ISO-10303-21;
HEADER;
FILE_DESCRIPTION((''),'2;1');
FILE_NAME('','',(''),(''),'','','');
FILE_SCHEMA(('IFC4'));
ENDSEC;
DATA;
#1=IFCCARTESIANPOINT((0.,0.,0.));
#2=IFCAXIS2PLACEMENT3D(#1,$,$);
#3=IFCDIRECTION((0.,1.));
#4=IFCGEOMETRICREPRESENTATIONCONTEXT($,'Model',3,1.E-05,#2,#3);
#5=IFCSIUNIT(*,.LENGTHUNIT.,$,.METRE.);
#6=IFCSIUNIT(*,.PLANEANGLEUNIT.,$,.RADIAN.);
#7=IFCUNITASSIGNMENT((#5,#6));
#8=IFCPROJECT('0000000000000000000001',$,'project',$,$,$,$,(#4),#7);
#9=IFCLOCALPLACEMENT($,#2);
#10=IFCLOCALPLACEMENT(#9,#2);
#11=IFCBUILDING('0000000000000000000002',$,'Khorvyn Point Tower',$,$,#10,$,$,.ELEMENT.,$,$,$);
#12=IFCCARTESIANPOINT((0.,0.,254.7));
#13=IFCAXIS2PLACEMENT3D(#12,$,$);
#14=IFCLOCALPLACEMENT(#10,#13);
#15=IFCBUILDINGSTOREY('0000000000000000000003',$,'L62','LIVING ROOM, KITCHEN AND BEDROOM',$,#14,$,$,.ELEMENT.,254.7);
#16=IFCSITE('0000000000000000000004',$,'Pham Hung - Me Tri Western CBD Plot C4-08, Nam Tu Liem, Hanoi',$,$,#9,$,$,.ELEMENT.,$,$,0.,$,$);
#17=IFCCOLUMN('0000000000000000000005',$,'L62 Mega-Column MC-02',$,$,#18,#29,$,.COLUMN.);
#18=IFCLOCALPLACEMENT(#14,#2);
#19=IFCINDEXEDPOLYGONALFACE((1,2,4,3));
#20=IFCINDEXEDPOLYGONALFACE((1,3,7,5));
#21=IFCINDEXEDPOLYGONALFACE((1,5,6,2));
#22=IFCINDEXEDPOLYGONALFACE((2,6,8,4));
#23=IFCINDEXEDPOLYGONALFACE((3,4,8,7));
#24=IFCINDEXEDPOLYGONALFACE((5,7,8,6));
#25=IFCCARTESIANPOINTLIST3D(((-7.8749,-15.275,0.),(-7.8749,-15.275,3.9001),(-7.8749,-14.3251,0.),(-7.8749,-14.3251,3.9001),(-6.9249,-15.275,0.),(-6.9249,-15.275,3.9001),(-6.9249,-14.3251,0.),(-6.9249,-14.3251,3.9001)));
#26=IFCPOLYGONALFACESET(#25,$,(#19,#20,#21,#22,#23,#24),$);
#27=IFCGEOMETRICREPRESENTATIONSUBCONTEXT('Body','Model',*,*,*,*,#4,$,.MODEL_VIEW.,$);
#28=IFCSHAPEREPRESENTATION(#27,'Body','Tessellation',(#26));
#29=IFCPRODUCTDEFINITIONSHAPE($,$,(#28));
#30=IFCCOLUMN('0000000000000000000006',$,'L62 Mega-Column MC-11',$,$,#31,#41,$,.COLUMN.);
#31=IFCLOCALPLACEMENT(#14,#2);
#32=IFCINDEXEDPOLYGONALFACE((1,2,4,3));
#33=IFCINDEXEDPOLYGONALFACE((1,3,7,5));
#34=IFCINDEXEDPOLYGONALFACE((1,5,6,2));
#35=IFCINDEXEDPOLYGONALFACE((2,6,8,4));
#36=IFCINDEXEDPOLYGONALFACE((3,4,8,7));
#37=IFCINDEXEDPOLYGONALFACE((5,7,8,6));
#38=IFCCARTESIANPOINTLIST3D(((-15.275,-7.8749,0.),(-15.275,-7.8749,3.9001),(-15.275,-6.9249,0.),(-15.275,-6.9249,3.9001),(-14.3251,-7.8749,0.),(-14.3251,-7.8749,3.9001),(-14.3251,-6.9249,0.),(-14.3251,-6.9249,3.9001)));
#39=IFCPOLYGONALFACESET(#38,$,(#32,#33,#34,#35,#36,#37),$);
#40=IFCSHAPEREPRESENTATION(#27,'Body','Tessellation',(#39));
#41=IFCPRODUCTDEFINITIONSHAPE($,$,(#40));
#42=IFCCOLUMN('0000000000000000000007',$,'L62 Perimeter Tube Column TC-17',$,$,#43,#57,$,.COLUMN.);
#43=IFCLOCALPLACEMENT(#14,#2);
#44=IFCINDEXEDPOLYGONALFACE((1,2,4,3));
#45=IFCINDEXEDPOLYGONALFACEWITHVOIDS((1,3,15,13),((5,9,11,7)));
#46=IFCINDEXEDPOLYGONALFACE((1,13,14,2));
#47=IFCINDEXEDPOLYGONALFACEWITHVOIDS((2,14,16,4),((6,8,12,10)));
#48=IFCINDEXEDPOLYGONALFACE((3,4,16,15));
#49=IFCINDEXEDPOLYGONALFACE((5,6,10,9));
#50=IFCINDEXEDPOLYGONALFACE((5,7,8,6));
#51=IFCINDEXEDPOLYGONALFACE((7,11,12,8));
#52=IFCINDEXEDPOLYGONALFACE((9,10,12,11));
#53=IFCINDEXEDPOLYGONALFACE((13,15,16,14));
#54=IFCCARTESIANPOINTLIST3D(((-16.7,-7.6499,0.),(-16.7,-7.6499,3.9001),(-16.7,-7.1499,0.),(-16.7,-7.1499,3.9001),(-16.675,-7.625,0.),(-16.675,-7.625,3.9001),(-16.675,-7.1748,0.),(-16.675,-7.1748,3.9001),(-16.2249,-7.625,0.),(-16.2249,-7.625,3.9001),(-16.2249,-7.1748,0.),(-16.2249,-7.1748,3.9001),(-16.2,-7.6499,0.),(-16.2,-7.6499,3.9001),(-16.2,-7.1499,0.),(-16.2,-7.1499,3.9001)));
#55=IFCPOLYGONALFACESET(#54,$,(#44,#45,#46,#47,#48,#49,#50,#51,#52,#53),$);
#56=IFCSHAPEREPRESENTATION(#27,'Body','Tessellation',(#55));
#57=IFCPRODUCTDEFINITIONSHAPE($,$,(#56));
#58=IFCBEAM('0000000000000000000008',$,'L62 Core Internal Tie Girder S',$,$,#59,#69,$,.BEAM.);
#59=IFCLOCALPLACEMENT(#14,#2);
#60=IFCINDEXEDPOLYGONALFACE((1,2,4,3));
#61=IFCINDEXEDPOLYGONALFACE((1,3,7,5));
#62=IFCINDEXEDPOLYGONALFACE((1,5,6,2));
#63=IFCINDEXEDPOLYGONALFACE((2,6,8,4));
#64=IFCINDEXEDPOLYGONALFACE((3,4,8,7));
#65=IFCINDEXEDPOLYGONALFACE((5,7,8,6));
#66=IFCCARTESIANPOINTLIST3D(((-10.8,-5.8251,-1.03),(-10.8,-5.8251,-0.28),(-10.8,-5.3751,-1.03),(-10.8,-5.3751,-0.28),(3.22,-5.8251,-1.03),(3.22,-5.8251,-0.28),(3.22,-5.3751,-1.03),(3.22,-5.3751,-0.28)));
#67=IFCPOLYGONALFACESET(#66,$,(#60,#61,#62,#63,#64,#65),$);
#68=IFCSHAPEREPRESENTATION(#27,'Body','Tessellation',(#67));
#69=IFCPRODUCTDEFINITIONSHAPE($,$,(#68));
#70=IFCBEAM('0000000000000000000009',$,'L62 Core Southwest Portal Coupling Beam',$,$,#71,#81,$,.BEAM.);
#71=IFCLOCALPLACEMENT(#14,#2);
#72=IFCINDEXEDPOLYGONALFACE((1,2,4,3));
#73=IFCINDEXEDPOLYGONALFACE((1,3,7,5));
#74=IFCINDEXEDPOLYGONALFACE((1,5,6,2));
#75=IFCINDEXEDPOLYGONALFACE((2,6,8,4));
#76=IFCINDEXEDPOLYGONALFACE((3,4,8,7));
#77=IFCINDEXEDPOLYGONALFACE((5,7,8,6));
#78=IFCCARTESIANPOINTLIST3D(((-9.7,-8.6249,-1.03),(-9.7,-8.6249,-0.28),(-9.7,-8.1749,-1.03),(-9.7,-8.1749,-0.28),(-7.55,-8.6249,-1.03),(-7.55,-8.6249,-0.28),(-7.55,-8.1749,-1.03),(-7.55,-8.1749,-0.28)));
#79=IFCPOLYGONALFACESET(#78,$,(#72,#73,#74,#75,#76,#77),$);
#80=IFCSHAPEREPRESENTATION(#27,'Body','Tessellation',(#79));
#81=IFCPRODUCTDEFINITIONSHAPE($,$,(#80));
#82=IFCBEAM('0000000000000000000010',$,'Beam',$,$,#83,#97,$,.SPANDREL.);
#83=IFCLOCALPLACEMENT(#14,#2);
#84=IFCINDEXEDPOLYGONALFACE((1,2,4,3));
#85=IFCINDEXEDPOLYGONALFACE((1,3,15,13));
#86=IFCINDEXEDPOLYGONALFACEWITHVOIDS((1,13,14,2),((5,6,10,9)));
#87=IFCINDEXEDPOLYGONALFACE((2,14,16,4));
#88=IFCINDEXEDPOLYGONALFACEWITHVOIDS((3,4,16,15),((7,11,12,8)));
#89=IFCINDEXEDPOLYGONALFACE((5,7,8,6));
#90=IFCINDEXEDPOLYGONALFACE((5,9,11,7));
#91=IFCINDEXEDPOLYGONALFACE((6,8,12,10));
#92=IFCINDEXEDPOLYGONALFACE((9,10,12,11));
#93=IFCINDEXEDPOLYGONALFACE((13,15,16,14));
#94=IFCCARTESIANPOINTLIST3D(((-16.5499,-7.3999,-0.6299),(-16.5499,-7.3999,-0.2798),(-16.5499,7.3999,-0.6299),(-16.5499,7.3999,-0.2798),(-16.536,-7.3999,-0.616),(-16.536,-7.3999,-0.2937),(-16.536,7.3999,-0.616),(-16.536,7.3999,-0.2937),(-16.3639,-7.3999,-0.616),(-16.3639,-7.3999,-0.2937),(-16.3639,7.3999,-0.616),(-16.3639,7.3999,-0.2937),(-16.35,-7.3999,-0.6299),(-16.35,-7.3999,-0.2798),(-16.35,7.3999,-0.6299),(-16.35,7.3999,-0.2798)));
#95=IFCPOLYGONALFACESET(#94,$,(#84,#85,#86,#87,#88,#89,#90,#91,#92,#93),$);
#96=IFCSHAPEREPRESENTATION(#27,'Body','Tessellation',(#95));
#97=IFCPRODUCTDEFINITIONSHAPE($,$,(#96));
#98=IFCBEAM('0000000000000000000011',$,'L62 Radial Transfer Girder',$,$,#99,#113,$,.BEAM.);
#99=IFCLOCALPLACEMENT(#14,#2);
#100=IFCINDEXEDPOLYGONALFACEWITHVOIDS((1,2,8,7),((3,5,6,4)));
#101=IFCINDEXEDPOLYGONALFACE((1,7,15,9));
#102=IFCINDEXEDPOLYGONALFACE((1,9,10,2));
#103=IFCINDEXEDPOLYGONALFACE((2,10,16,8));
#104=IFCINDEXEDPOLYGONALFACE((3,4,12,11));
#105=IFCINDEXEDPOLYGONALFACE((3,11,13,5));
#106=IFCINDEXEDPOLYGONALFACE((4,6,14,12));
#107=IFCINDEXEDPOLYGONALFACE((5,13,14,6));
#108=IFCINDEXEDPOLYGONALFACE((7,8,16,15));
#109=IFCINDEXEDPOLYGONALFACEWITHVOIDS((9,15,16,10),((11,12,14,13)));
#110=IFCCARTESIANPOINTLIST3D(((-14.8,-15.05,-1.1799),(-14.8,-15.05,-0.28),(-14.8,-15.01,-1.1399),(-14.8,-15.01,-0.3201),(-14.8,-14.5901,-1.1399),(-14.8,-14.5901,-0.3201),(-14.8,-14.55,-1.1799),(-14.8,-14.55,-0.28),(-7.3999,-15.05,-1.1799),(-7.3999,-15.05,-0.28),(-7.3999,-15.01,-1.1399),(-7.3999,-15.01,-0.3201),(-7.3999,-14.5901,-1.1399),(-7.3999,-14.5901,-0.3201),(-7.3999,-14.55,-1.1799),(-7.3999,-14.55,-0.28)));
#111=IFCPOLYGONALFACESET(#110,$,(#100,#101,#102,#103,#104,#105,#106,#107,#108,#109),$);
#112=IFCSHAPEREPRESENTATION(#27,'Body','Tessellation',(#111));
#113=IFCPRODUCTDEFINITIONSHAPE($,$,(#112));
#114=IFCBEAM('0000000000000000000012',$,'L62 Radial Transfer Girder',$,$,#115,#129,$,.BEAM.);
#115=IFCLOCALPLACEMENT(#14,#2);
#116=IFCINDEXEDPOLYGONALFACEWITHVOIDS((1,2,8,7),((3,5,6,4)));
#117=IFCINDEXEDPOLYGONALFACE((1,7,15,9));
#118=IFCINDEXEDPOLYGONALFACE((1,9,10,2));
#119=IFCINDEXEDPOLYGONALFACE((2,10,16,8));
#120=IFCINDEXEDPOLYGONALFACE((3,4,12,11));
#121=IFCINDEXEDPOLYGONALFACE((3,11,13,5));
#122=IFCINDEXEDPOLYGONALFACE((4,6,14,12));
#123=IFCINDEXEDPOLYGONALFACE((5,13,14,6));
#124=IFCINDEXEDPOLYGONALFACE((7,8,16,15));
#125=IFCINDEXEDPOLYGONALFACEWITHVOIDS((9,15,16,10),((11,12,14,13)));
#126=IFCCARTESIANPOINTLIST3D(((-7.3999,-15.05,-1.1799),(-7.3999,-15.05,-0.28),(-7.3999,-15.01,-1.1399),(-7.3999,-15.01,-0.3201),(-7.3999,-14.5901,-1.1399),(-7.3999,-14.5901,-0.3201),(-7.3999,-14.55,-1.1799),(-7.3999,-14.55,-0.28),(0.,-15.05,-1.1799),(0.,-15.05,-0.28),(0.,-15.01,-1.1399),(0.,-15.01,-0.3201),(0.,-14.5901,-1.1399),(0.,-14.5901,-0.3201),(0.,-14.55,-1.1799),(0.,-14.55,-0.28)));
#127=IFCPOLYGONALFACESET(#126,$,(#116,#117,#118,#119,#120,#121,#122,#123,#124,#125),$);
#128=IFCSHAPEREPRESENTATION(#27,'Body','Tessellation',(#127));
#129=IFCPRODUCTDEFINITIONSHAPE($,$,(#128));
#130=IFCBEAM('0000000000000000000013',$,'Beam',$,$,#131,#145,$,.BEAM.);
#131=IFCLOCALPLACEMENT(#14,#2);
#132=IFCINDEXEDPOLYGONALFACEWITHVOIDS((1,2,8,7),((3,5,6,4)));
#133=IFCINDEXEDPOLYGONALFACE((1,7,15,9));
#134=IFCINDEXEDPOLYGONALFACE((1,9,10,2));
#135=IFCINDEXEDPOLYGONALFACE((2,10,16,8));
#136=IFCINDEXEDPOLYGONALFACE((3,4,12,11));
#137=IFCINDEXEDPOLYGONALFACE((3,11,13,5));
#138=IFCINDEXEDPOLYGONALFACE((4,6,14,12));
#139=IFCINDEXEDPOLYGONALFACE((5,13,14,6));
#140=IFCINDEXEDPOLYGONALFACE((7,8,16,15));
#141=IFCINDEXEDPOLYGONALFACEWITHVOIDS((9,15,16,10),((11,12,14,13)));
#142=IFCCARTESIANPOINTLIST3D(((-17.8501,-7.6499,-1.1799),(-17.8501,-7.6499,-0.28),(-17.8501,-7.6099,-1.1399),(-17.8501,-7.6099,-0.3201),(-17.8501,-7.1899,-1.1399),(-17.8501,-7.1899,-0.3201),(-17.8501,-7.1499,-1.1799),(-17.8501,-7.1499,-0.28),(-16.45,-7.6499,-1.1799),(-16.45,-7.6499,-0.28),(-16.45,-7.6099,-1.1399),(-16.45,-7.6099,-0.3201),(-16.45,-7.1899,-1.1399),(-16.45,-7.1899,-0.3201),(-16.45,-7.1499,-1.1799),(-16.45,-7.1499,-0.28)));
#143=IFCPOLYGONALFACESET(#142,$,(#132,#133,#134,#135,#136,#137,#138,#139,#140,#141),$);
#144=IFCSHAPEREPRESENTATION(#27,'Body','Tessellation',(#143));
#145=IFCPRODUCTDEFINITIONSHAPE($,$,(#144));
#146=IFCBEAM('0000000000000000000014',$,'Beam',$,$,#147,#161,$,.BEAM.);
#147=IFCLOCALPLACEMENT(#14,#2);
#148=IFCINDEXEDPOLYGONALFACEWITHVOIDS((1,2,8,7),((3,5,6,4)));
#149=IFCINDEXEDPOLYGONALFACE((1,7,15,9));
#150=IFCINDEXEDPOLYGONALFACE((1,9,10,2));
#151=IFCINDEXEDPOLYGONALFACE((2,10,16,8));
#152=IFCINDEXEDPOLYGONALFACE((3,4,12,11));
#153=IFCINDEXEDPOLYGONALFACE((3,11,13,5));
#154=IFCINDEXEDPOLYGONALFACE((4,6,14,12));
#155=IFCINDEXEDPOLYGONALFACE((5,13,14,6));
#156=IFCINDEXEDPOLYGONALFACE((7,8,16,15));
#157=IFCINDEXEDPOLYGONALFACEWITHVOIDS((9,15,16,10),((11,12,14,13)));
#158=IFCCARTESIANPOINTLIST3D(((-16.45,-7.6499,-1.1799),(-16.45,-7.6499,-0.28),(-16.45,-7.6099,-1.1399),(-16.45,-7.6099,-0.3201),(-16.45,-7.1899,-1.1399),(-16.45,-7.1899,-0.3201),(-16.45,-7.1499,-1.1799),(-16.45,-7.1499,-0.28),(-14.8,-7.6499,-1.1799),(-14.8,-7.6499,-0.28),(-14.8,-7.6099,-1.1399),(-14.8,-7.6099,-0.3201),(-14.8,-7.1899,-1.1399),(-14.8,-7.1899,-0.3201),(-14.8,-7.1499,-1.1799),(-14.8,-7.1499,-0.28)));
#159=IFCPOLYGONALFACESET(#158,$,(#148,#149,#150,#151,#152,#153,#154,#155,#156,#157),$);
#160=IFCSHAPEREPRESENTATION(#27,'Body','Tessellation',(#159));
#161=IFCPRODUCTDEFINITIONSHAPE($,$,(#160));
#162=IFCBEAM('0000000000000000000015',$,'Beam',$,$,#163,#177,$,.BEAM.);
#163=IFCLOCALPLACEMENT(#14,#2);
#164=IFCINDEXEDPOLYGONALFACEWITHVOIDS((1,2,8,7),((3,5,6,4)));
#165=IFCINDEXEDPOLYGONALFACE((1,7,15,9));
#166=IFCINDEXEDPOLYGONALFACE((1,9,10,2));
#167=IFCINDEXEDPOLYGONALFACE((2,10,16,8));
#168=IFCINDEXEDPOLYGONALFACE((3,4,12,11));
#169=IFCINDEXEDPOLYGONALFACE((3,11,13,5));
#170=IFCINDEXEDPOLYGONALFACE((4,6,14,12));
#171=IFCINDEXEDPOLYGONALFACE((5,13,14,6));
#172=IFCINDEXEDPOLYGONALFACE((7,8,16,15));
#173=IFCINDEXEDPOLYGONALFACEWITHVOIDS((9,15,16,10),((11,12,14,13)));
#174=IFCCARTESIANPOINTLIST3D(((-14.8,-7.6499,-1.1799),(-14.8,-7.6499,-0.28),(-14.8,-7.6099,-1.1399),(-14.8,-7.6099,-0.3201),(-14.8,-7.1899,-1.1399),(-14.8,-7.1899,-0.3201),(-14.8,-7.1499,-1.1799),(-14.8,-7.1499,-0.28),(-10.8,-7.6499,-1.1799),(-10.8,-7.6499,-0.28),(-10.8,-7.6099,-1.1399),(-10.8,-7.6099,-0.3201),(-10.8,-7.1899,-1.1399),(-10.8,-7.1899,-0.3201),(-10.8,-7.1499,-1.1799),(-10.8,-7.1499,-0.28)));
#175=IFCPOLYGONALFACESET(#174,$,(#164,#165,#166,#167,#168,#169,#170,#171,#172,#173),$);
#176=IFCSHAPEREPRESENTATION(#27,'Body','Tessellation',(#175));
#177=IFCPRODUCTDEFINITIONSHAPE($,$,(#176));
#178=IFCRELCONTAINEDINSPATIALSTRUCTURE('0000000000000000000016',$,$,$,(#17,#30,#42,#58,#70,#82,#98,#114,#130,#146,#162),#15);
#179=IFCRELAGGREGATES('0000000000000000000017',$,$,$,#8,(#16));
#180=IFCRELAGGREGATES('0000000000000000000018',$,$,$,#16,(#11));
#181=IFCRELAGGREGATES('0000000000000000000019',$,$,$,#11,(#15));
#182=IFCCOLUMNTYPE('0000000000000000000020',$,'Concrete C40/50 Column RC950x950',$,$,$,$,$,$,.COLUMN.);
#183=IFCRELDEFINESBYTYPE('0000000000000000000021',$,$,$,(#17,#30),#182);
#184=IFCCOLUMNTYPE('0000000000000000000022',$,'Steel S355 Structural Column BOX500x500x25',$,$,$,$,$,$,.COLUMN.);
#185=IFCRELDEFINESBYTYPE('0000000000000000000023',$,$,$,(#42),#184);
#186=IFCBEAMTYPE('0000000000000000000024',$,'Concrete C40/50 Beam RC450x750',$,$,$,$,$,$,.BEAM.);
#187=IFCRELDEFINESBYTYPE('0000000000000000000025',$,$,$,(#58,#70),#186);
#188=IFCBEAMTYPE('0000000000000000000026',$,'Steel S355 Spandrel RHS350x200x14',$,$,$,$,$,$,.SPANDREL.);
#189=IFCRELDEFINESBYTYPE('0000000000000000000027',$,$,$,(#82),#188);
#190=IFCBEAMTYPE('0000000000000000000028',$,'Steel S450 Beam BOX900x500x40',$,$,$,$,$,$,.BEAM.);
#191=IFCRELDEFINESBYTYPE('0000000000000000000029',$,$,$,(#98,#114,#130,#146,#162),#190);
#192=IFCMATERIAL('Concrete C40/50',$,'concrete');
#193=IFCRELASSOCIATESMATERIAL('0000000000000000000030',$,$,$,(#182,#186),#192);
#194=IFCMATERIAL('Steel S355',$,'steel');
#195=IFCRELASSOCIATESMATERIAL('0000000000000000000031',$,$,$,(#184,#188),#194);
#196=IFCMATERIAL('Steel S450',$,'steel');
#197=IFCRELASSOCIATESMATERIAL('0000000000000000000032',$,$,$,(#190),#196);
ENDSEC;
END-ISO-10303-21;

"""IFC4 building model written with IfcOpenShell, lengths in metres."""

from ifc_helpers import new_model, si_unit, direction, frame, origin, origin_2d, place, context, subcontext, project, spatial, rectangle, hollow_rectangle, extrude, material, material_profile, profile_set, type_object, element, save


model = new_model("IFC4")

# Units and contexts
model_context = context("Model", 3, precision=1e-05, world=origin(), true_north=direction((0.0, 1.0)))
body_context = subcontext(model_context, "Body", "Model", "MODEL_VIEW")
ifc_project = project(units=[si_unit("LENGTHUNIT", "METRE"), si_unit("PLANEANGLEUNIT", "RADIAN")], contexts=[model_context])

# Site, building, storey
site_placement = place(None, origin())
site = spatial("IfcSite", under=ifc_project, at=site_placement, Name="Pham Hung - Me Tri Western CBD Plot C4-08, Nam Tu Liem, Hanoi", CompositionType="ELEMENT", RefElevation=0.0)
building_placement = place(site_placement, origin())
building = spatial("IfcBuilding", under=site, at=building_placement, Name="Khorvyn Point Tower", CompositionType="ELEMENT")
storey_placement = place(building_placement, frame((0.0, 0.0, 254.7)))
storey = spatial("IfcBuildingStorey", under=building, at=storey_placement, Name="L62", Description="LIVING ROOM, KITCHEN AND BEDROOM", CompositionType="ELEMENT", Elevation=254.7)

# Columns
ifc_material_1 = material(Name="Concrete C40/50", Category="concrete")
ifc_material_profile_1 = material_profile(ifc_material_1, rectangle(XDim=0.95, YDim=0.95, at=origin_2d()))
ifc_profile_set_1 = profile_set([ifc_material_profile_1], Name="Concrete C40/50 RC950x950")
column_type_1 = type_object("IfcColumnType", Name="Concrete C40/50 Column RC950x950", PredefinedType="COLUMN", material=ifc_profile_set_1)
for number, where, z_axis, x_axis, name in (
    (1, (-7.3999, -14.8, 0.0), (0.0, 0.0, 1.0), (1.0, 0.0, 0.0), "L62 Mega-Column MC-02"),
    (2, (-14.8, -7.3999, 0.0), (0.0, 0.0, 1.0), (1.0, 0.0, 0.0), "L62 Mega-Column MC-11"),
):
    element("IfcColumn", number, at=place(storey_placement, frame(where, z_axis=z_axis, x_axis=x_axis)), inside=storey, type_object=column_type_1, Name=name, PredefinedType="COLUMN", context=body_context, shape_type="SweptSolid", body=[
        extrude(rectangle(XDim=0.95, YDim=0.95, at=origin_2d()), origin(), (0.0, 0.0, 1.0), 3.9001),
    ])
ifc_material_2 = material(Name="Steel S355", Category="steel")
ifc_material_profile_2 = material_profile(ifc_material_2, hollow_rectangle(XDim=0.5, YDim=0.5, WallThickness=0.0249, at=origin_2d()))
ifc_profile_set_2 = profile_set([ifc_material_profile_2], Name="Steel S355 BOX500x500x25")
column_type_2 = type_object("IfcColumnType", Name="Steel S355 Structural Column BOX500x500x25", PredefinedType="COLUMN", material=ifc_profile_set_2)
column_placement = place(storey_placement, frame((-16.45, -7.3999, 0.0), z_axis=(0.0, 0.0, 1.0), x_axis=(1.0, 0.0, 0.0)))
element("IfcColumn", 3, at=column_placement, inside=storey, type_object=column_type_2, Name="L62 Perimeter Tube Column TC-17", PredefinedType="COLUMN", context=body_context, shape_type="SweptSolid", body=[
    extrude(hollow_rectangle(XDim=0.5, YDim=0.5, WallThickness=0.0249, at=origin_2d()), origin(), (0.0, 0.0, 1.0), 3.9001),
])

# Beams
ifc_material_profile_3 = material_profile(ifc_material_1, rectangle(XDim=0.45, YDim=0.75, at=origin_2d()))
ifc_profile_set_3 = profile_set([ifc_material_profile_3], Name="Concrete C40/50 RC450x750")
beam_type_1 = type_object("IfcBeamType", Name="Concrete C40/50 Beam RC450x750", PredefinedType="BEAM", material=ifc_profile_set_3)
beam_1_placement = place(storey_placement, frame((-10.8, -5.6001, -0.655), z_axis=(1.0, 0.0, 0.0), x_axis=(0.0, 1.0, 0.0)))
element("IfcBeam", 4, at=beam_1_placement, inside=storey, type_object=beam_type_1, Name="L62 Core Internal Tie Girder S", PredefinedType="BEAM", context=body_context, shape_type="SweptSolid", body=[
    extrude(rectangle(XDim=0.45, YDim=0.75, at=origin_2d()), origin(), (0.0, 0.0, 1.0), 14.02),
])
beam_2_placement = place(storey_placement, frame((-9.7, -8.3999, -0.655), z_axis=(1.0, 0.0, 0.0), x_axis=(0.0, 1.0, 0.0)))
element("IfcBeam", 5, at=beam_2_placement, inside=storey, type_object=beam_type_1, Name="L62 Core Southwest Portal Coupling Beam", PredefinedType="BEAM", context=body_context, shape_type="SweptSolid", body=[
    extrude(rectangle(XDim=0.45, YDim=0.75, at=origin_2d()), origin(), (0.0, 0.0, 1.0), 2.1499),
])
ifc_material_profile_4 = material_profile(ifc_material_2, hollow_rectangle(XDim=0.2, YDim=0.3501, WallThickness=0.0139, at=origin_2d()))
ifc_profile_set_4 = profile_set([ifc_material_profile_4], Name="Steel S355 RHS350x200x14")
beam_type_2 = type_object("IfcBeamType", Name="Steel S355 Spandrel RHS350x200x14", PredefinedType="SPANDREL", material=ifc_profile_set_4)
beam_3_placement = place(storey_placement, frame((-16.45, -7.3999, -0.4548), z_axis=(0.0, 1.0, 0.0), x_axis=(-1.0, 0.0, 0.0)))
element("IfcBeam", 6, at=beam_3_placement, inside=storey, type_object=beam_type_2, Name="Beam", PredefinedType="SPANDREL", context=body_context, shape_type="SweptSolid", body=[
    extrude(hollow_rectangle(XDim=0.2, YDim=0.3501, WallThickness=0.0139, at=origin_2d()), origin(), (0.0, 0.0, 1.0), 14.7998),
])
ifc_material_3 = material(Name="Steel S450", Category="steel")
ifc_material_profile_5 = material_profile(ifc_material_3, hollow_rectangle(XDim=0.5, YDim=0.8999, WallThickness=0.04, at=origin_2d()))
ifc_profile_set_5 = profile_set([ifc_material_profile_5], Name="Steel S450 BOX900x500x40")
beam_type_3 = type_object("IfcBeamType", Name="Steel S450 Beam BOX900x500x40", PredefinedType="BEAM", material=ifc_profile_set_5)
beam_4_placement = place(storey_placement, frame((-14.8, -14.8, -0.73), z_axis=(1.0, 0.0, 0.0), x_axis=(0.0, 1.0, 0.0)))
element("IfcBeam", 7, at=beam_4_placement, inside=storey, type_object=beam_type_3, Name="L62 Radial Transfer Girder", PredefinedType="BEAM", context=body_context, shape_type="SweptSolid", body=[
    extrude(hollow_rectangle(XDim=0.5, YDim=0.8999, WallThickness=0.04, at=origin_2d()), origin(), (0.0, 0.0, 1.0), 7.4001),
])
beam_5_placement = place(storey_placement, frame((-7.3999, -14.8, -0.73), z_axis=(1.0, 0.0, 0.0), x_axis=(0.0, 1.0, 0.0)))
element("IfcBeam", 8, at=beam_5_placement, inside=storey, type_object=beam_type_3, Name="L62 Radial Transfer Girder", PredefinedType="BEAM", context=body_context, shape_type="SweptSolid", body=[
    extrude(hollow_rectangle(XDim=0.5, YDim=0.8999, WallThickness=0.04, at=origin_2d()), origin(), (0.0, 0.0, 1.0), 7.3999),
])
beam_6_placement = place(storey_placement, frame((-17.8501, -7.3999, -0.73), z_axis=(1.0, 0.0, 0.0), x_axis=(0.0, 1.0, 0.0)))
element("IfcBeam", 9, at=beam_6_placement, inside=storey, type_object=beam_type_3, Name="Beam", PredefinedType="BEAM", context=body_context, shape_type="SweptSolid", body=[
    extrude(hollow_rectangle(XDim=0.5, YDim=0.8999, WallThickness=0.04, at=origin_2d()), origin(), (0.0, 0.0, 1.0), 1.4001),
])
beam_7_placement = place(storey_placement, frame((-16.45, -7.3999, -0.73), z_axis=(1.0, 0.0, 0.0), x_axis=(0.0, 1.0, 0.0)))
element("IfcBeam", 10, at=beam_7_placement, inside=storey, type_object=beam_type_3, Name="Beam", PredefinedType="BEAM", context=body_context, shape_type="SweptSolid", body=[
    extrude(hollow_rectangle(XDim=0.5, YDim=0.8999, WallThickness=0.04, at=origin_2d()), origin(), (0.0, 0.0, 1.0), 1.6499),
])
beam_8_placement = place(storey_placement, frame((-14.8, -7.3999, -0.73), z_axis=(1.0, 0.0, 0.0), x_axis=(0.0, 1.0, 0.0)))
element("IfcBeam", 11, at=beam_8_placement, inside=storey, type_object=beam_type_3, Name="Beam", PredefinedType="BEAM", context=body_context, shape_type="SweptSolid", body=[
    extrude(hollow_rectangle(XDim=0.5, YDim=0.8999, WallThickness=0.04, at=origin_2d()), origin(), (0.0, 0.0, 1.0), 4.0),
])

save(model, "model.ifc")
